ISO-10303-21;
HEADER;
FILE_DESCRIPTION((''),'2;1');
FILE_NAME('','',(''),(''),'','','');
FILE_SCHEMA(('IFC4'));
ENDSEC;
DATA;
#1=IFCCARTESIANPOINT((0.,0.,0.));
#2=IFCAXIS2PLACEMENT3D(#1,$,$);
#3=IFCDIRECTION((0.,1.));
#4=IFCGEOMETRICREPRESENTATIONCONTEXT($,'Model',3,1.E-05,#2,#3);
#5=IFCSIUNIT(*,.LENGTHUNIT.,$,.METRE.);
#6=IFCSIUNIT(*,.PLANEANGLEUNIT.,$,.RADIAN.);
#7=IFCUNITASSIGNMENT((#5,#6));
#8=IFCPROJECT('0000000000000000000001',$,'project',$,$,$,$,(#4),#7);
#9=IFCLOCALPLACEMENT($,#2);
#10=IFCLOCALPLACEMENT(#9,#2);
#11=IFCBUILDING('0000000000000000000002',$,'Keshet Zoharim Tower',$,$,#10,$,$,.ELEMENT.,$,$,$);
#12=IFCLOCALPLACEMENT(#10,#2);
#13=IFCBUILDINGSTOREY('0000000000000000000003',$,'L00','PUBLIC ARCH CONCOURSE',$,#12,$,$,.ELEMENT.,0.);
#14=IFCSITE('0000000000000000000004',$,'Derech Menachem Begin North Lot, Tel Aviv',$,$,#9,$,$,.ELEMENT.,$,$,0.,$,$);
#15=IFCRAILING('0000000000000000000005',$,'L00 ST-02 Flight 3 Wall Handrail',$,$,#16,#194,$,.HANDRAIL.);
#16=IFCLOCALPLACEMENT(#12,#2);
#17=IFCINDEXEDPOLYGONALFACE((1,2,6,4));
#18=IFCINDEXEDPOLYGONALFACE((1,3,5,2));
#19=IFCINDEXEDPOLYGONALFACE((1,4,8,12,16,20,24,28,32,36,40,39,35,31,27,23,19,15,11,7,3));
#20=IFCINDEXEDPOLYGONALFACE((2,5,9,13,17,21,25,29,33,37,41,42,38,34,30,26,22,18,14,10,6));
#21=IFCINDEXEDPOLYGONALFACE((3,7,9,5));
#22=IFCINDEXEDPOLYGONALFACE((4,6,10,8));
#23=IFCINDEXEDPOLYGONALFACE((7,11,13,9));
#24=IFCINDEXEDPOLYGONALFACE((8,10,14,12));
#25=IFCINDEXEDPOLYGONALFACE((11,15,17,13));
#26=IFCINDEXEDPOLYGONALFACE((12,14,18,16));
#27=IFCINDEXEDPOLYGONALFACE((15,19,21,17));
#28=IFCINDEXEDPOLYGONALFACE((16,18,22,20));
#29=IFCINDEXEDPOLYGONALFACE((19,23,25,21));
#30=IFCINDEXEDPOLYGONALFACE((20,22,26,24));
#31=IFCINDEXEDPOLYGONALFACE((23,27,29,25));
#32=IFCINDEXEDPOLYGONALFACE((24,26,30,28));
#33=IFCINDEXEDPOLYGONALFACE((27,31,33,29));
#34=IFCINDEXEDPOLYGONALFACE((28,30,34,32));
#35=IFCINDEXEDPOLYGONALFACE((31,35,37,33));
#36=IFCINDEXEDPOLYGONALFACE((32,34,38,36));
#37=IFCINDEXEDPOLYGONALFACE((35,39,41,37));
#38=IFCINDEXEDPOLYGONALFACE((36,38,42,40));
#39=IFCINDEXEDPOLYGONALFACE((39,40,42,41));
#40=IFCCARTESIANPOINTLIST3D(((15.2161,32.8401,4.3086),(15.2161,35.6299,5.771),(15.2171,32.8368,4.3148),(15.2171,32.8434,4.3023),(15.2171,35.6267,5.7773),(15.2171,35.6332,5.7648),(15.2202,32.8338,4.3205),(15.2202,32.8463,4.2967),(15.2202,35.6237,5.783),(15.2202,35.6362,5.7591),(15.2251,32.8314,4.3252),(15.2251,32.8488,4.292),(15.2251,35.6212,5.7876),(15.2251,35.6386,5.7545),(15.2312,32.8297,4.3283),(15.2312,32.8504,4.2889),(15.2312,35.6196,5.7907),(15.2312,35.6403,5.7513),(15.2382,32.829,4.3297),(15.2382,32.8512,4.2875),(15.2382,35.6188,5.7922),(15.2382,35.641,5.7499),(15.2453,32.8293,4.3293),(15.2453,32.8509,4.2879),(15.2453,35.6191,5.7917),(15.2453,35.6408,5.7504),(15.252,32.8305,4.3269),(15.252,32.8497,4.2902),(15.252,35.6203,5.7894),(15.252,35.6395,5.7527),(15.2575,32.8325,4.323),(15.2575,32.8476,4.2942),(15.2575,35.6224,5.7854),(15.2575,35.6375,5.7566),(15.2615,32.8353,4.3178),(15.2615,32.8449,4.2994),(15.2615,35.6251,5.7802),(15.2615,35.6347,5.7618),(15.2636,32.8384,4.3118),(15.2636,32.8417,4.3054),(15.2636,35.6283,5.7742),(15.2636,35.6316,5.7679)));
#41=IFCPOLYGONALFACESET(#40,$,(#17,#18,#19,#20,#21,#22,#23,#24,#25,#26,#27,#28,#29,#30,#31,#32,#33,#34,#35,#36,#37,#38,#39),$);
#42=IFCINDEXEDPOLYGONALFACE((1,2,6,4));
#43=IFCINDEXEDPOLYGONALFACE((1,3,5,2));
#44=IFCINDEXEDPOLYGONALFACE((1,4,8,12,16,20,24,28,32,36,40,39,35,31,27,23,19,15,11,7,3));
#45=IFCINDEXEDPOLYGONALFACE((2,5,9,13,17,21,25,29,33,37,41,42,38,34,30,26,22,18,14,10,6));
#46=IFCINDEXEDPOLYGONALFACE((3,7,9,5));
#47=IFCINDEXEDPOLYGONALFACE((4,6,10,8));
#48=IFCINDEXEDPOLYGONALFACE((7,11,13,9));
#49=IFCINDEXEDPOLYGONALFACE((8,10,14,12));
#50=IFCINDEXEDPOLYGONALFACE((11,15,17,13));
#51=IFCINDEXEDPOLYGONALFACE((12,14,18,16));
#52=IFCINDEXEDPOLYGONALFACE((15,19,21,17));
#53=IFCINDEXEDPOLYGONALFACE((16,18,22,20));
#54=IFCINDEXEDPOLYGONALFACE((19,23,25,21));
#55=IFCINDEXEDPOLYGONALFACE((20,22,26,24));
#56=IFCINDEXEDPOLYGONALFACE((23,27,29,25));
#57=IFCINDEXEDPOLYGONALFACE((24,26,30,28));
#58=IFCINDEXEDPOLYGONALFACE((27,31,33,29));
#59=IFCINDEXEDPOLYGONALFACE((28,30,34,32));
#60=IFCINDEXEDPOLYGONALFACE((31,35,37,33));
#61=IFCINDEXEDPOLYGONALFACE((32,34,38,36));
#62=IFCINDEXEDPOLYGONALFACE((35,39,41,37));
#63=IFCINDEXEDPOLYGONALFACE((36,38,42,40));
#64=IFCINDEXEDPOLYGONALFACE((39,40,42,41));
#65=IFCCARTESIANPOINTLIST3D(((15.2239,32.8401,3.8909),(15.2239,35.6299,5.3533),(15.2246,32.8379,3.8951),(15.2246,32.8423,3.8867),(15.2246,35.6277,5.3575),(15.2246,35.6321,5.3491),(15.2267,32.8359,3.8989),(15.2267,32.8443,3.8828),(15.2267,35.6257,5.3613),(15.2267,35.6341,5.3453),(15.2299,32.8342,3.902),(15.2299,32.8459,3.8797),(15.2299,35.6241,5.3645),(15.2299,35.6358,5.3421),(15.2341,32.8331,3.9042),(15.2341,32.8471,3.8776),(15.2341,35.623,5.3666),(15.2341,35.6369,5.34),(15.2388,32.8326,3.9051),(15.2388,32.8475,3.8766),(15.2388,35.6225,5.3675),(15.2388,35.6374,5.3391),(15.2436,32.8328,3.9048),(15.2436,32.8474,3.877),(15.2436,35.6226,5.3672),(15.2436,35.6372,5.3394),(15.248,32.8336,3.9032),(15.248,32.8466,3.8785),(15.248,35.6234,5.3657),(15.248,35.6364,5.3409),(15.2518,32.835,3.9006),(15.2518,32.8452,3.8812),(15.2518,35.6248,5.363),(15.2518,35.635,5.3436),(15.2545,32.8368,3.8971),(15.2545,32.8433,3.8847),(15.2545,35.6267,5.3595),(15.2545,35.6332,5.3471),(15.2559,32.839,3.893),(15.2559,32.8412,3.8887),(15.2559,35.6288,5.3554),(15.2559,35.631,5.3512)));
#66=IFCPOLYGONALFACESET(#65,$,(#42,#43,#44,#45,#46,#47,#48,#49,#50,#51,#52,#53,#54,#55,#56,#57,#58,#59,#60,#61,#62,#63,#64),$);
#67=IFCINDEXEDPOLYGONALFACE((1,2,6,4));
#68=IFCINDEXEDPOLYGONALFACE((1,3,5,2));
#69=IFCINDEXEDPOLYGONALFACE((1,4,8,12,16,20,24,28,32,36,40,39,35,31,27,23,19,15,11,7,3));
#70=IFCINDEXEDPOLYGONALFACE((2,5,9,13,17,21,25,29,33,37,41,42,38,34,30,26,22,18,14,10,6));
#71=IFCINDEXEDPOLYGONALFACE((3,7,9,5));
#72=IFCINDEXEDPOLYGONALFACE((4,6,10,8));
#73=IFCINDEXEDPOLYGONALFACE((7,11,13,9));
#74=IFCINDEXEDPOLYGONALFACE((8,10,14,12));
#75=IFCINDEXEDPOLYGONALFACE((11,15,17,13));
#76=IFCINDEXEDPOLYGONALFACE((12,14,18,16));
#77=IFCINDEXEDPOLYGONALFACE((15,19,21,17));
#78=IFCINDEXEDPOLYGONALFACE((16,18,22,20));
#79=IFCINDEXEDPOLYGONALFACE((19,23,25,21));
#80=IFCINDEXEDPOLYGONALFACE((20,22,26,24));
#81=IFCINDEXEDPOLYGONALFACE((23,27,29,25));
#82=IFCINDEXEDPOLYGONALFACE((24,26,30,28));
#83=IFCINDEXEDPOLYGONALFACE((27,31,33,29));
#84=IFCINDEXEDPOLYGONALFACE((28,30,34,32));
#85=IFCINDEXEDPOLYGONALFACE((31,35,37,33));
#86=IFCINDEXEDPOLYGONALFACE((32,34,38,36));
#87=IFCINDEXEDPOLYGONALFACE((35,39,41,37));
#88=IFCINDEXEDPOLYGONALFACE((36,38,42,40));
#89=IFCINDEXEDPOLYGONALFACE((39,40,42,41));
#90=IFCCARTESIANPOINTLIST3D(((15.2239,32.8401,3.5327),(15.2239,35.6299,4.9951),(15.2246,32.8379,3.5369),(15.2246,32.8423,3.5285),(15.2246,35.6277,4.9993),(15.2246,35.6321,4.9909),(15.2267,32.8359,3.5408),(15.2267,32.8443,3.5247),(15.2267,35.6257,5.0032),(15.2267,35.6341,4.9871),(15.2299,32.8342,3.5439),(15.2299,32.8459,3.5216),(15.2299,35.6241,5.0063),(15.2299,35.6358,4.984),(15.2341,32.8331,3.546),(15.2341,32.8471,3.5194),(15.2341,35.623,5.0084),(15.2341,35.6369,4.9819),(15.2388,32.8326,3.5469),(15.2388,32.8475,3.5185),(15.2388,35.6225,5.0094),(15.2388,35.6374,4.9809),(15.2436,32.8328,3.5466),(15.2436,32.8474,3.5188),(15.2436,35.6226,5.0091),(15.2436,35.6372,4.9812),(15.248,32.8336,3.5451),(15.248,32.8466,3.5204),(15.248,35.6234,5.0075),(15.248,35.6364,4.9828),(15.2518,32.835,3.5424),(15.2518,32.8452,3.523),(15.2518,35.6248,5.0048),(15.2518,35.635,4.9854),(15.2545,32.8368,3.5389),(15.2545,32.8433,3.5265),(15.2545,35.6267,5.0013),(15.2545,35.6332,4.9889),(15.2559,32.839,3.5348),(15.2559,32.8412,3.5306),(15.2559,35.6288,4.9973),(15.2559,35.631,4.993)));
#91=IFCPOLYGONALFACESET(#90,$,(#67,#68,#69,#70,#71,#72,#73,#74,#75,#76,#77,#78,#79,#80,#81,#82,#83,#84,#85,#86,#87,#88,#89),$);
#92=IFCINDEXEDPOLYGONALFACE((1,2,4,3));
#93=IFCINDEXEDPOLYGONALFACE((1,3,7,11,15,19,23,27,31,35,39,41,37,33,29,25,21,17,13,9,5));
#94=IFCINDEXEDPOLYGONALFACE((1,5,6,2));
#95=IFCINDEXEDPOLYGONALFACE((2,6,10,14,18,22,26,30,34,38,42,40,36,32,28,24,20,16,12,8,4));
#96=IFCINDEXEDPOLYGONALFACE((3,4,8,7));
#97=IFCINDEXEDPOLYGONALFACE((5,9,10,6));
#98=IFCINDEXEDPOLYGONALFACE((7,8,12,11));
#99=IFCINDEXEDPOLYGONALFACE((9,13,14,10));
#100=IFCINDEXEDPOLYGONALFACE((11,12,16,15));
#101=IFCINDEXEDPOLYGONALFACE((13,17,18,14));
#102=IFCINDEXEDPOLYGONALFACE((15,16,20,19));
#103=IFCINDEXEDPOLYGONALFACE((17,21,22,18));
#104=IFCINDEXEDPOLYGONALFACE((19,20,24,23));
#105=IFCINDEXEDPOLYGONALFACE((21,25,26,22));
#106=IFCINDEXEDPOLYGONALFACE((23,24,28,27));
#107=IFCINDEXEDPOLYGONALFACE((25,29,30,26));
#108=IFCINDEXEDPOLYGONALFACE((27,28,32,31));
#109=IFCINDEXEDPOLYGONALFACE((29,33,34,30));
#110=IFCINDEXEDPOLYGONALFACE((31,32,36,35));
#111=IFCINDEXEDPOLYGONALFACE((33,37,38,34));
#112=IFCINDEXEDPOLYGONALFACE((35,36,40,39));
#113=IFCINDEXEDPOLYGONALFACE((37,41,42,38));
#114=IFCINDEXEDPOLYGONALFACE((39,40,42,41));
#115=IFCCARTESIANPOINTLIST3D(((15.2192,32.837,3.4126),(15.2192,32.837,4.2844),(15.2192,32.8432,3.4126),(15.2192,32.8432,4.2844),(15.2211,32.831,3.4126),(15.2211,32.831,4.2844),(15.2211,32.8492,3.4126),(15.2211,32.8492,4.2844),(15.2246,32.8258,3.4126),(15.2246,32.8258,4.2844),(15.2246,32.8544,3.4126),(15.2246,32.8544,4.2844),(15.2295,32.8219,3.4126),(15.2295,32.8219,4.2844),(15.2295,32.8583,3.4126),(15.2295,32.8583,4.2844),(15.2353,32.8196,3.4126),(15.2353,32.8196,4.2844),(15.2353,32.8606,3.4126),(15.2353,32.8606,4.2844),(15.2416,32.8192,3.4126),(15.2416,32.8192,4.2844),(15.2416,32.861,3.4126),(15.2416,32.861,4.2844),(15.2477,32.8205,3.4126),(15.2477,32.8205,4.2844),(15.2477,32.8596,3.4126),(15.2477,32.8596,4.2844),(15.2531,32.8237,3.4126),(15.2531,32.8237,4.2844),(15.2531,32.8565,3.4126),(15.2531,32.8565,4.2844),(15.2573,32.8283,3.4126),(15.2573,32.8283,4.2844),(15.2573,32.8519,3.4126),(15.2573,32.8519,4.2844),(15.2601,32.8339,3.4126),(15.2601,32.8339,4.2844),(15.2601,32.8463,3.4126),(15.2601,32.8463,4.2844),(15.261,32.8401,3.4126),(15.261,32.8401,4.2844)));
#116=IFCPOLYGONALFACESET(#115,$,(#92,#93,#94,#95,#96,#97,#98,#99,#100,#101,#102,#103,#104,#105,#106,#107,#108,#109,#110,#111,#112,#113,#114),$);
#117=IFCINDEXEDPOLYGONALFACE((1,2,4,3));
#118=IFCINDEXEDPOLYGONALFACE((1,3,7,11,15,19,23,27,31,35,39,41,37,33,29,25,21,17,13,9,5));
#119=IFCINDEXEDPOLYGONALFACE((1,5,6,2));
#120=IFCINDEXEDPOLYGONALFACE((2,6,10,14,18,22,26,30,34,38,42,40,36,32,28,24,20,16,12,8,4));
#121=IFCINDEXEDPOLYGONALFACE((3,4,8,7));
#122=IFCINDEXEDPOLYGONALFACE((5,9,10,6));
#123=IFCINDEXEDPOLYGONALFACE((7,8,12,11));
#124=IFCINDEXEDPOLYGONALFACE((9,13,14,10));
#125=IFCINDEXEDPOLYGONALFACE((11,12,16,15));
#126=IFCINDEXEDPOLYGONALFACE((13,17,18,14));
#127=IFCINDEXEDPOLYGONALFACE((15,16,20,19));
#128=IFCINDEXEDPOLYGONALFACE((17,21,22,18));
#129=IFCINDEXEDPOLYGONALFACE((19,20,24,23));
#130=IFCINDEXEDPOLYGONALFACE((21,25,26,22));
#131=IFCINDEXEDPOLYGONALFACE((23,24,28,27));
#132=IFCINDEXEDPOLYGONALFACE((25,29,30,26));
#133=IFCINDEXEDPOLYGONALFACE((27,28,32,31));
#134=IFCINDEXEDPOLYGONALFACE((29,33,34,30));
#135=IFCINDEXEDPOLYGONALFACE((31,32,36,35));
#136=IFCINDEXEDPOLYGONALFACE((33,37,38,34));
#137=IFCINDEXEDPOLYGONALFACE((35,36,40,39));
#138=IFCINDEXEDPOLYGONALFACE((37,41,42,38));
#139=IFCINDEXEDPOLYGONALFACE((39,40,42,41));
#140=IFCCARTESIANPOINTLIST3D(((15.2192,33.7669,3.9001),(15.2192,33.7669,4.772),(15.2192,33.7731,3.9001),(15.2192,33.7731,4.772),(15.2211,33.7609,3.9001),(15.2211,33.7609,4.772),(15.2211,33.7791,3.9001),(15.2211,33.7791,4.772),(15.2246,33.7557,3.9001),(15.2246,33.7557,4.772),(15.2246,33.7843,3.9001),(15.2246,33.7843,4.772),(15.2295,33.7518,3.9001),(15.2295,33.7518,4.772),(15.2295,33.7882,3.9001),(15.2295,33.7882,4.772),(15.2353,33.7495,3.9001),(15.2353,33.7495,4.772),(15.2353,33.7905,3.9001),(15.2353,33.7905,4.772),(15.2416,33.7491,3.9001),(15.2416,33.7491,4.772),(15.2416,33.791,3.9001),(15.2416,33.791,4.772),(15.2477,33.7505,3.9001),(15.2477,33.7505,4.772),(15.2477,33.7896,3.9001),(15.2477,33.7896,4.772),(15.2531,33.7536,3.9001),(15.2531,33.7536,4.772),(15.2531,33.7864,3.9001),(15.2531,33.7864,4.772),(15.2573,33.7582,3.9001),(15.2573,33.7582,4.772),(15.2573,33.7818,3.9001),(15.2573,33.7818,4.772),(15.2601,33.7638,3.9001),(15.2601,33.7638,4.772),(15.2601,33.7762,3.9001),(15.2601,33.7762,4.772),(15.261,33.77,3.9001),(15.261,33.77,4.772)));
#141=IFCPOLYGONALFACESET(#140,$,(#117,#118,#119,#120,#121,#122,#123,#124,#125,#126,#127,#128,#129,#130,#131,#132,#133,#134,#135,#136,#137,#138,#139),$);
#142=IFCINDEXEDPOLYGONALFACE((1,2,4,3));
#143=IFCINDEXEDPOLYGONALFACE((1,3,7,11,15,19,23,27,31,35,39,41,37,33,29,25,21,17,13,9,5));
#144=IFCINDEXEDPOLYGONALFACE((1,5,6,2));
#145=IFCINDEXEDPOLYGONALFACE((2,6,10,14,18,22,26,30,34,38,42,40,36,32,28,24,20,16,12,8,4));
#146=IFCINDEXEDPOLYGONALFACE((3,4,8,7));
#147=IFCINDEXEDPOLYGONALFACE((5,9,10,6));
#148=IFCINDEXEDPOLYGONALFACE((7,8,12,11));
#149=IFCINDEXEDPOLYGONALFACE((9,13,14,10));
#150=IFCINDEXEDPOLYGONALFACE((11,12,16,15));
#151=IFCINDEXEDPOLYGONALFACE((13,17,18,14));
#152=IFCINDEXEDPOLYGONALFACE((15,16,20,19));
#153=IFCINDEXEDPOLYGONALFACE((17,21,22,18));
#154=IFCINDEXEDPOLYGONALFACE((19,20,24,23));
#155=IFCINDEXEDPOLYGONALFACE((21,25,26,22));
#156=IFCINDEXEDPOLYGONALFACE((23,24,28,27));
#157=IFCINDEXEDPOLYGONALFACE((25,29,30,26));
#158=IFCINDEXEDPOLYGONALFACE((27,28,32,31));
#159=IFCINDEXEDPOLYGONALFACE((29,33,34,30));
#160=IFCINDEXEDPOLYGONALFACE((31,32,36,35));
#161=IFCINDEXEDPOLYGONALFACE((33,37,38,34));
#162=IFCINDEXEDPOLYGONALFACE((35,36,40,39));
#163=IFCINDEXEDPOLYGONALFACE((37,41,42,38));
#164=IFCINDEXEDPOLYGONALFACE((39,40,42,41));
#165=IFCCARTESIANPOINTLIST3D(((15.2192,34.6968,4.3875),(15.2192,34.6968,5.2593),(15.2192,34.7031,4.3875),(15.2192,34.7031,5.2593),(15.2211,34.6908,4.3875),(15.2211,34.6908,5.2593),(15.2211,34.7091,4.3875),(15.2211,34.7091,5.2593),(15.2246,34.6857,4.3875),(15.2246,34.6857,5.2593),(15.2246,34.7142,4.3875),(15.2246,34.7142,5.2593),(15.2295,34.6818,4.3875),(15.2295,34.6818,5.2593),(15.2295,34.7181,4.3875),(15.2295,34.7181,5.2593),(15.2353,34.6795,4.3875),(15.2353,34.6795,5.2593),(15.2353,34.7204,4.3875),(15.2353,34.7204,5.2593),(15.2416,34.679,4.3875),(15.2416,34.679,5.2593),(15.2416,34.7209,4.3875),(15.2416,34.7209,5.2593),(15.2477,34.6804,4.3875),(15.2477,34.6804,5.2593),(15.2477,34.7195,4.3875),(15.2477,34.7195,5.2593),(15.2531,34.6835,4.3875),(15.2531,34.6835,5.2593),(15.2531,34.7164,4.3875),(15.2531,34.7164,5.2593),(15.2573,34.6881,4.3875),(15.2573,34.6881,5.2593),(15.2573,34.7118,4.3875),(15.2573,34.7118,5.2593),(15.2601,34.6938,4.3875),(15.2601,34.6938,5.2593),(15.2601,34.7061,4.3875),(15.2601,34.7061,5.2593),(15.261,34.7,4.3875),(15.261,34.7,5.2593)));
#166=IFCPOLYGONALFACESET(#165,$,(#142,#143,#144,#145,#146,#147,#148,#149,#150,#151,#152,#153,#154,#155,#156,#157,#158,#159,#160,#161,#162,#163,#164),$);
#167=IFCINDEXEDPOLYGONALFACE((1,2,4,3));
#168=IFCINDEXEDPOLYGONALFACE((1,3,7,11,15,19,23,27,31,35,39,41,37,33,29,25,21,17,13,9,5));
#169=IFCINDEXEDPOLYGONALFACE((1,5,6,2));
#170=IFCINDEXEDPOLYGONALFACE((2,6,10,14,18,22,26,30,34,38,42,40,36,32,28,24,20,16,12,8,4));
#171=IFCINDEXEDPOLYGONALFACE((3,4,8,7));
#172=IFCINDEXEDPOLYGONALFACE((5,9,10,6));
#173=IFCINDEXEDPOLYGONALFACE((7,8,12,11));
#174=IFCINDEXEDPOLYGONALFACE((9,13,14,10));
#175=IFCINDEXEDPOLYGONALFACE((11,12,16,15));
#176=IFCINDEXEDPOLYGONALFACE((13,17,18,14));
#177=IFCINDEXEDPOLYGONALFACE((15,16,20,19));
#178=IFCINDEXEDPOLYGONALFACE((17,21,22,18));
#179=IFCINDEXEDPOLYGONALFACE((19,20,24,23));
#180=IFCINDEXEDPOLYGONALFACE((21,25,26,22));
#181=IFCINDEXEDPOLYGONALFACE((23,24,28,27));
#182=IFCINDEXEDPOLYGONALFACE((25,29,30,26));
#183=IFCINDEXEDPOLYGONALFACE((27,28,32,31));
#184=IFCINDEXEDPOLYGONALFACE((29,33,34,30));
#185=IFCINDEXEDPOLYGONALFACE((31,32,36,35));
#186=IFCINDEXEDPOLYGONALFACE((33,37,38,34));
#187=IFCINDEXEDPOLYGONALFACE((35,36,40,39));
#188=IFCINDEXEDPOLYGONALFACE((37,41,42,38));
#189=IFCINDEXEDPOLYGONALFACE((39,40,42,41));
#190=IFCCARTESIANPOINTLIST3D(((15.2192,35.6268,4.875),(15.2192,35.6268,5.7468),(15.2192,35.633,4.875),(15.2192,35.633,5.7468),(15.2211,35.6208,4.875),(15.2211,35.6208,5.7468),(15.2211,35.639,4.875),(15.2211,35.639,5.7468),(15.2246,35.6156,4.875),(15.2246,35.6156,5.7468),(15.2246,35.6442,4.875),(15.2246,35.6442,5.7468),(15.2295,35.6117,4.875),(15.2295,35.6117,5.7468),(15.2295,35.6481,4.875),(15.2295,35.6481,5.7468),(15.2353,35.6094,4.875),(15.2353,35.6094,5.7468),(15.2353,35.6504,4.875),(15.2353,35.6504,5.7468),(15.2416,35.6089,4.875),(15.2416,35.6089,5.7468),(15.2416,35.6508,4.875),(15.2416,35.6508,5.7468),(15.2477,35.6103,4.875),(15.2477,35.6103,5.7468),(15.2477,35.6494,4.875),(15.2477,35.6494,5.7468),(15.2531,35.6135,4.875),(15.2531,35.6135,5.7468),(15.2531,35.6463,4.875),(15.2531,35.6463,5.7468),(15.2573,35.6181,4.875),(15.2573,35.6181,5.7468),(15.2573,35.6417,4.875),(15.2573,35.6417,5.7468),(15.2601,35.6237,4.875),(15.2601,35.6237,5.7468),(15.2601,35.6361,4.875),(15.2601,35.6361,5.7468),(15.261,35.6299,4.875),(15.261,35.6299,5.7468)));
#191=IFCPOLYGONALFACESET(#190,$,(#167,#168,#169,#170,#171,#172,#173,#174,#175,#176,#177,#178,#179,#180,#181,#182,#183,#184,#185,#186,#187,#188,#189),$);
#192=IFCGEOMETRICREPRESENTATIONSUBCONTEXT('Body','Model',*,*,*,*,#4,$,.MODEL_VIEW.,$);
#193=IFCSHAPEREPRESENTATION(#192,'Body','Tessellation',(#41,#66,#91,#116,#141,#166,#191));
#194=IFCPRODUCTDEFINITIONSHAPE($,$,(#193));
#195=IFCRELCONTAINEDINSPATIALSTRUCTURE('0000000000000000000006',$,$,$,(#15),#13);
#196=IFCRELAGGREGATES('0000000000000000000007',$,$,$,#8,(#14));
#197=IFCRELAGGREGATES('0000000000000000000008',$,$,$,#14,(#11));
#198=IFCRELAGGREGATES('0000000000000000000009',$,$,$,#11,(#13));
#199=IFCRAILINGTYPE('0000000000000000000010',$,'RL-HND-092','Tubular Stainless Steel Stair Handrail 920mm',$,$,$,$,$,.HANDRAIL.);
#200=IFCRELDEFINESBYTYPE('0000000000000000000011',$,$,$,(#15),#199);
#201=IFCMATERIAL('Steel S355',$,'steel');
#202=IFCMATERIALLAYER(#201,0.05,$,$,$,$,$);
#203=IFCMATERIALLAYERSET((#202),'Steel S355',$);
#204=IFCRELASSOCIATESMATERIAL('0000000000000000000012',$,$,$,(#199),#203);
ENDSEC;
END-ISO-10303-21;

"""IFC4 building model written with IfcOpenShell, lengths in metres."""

from ifc_helpers import new_model, si_unit, direction, frame, origin, origin_2d, place, context, subcontext, project, spatial, circle, extrude, material, layer, layer_set, type_object, element, save


model = new_model("IFC4")

# Units and contexts
model_context = context("Model", 3, precision=1e-05, world=origin(), true_north=direction((0.0, 1.0)))
body_context = subcontext(model_context, "Body", "Model", "MODEL_VIEW")
ifc_project = project(units=[si_unit("LENGTHUNIT", "METRE"), si_unit("PLANEANGLEUNIT", "RADIAN")], contexts=[model_context])

# Site, building, storey
site_placement = place(None, origin())
site = spatial("IfcSite", under=ifc_project, at=site_placement, Name="Derech Menachem Begin North Lot, Tel Aviv", CompositionType="ELEMENT", RefElevation=0.0)
building_placement = place(site_placement, origin())
building = spatial("IfcBuilding", under=site, at=building_placement, Name="Keshet Zoharim Tower", CompositionType="ELEMENT")
storey_placement = place(building_placement, origin())
storey = spatial("IfcBuildingStorey", under=building, at=storey_placement, Name="L00", Description="PUBLIC ARCH CONCOURSE", CompositionType="ELEMENT", Elevation=0.0)

# Shared definitions
ifc_material_1 = material(Name="Steel S355", Category="steel")

# Railing
ifc_layer_1 = layer(ifc_material_1, 0.05)
ifc_layer_set_1 = layer_set([ifc_layer_1], Name="Steel S355")
railing_type_1 = type_object("IfcRailingType", Name="RL-HND-092", Description="Tubular Stainless Steel Stair Handrail 920mm", PredefinedType="HANDRAIL", material=ifc_layer_set_1)
for number, where, name in (
    (1, (15.24, 32.8401, 3.4126), "L00 ST-02 Flight 3 Wall Handrail"),
):
    element("IfcRailing", number, at=place(storey_placement, frame(where)), inside=storey, type_object=railing_type_1, Name=name, PredefinedType="HANDRAIL", context=body_context, shape_type="SweptSolid", body=[
        extrude(circle(Radius=0.0239, at=origin_2d()), frame((0.0, 0.0, 0.896), z_axis=(0.0, 0.88569, 0.464276), x_axis=(-1.0, 0.0, 0.0)), (0.0, 0.0, 1.0), 3.1499),
        extrude(circle(Radius=0.0161, at=origin_2d()), frame((0.0, 0.0, 0.4783), z_axis=(0.0, 0.88569, 0.464276), x_axis=(-1.0, 0.0, 0.0)), (0.0, 0.0, 1.0), 3.1499),
        extrude(circle(Radius=0.0161, at=origin_2d()), frame((0.0, 0.0, 0.1201), z_axis=(0.0, 0.88569, 0.464276), x_axis=(-1.0, 0.0, 0.0)), (0.0, 0.0, 1.0), 3.1499),
        extrude(circle(Radius=0.021, at=origin_2d()), origin(), (0.0, 0.0, 1.0), 0.8718),
        extrude(circle(Radius=0.021, at=origin_2d()), frame((0.0, 0.9299, 0.4875)), (0.0, 0.0, 1.0), 0.8718),
        extrude(circle(Radius=0.021, at=origin_2d()), frame((0.0, 1.8599, 0.9749)), (0.0, 0.0, 1.0), 0.8718),
        extrude(circle(Radius=0.021, at=origin_2d()), frame((0.0, 2.7898, 1.4624)), (0.0, 0.0, 1.0), 0.8718),
    ])

save(model, "model.ifc")
